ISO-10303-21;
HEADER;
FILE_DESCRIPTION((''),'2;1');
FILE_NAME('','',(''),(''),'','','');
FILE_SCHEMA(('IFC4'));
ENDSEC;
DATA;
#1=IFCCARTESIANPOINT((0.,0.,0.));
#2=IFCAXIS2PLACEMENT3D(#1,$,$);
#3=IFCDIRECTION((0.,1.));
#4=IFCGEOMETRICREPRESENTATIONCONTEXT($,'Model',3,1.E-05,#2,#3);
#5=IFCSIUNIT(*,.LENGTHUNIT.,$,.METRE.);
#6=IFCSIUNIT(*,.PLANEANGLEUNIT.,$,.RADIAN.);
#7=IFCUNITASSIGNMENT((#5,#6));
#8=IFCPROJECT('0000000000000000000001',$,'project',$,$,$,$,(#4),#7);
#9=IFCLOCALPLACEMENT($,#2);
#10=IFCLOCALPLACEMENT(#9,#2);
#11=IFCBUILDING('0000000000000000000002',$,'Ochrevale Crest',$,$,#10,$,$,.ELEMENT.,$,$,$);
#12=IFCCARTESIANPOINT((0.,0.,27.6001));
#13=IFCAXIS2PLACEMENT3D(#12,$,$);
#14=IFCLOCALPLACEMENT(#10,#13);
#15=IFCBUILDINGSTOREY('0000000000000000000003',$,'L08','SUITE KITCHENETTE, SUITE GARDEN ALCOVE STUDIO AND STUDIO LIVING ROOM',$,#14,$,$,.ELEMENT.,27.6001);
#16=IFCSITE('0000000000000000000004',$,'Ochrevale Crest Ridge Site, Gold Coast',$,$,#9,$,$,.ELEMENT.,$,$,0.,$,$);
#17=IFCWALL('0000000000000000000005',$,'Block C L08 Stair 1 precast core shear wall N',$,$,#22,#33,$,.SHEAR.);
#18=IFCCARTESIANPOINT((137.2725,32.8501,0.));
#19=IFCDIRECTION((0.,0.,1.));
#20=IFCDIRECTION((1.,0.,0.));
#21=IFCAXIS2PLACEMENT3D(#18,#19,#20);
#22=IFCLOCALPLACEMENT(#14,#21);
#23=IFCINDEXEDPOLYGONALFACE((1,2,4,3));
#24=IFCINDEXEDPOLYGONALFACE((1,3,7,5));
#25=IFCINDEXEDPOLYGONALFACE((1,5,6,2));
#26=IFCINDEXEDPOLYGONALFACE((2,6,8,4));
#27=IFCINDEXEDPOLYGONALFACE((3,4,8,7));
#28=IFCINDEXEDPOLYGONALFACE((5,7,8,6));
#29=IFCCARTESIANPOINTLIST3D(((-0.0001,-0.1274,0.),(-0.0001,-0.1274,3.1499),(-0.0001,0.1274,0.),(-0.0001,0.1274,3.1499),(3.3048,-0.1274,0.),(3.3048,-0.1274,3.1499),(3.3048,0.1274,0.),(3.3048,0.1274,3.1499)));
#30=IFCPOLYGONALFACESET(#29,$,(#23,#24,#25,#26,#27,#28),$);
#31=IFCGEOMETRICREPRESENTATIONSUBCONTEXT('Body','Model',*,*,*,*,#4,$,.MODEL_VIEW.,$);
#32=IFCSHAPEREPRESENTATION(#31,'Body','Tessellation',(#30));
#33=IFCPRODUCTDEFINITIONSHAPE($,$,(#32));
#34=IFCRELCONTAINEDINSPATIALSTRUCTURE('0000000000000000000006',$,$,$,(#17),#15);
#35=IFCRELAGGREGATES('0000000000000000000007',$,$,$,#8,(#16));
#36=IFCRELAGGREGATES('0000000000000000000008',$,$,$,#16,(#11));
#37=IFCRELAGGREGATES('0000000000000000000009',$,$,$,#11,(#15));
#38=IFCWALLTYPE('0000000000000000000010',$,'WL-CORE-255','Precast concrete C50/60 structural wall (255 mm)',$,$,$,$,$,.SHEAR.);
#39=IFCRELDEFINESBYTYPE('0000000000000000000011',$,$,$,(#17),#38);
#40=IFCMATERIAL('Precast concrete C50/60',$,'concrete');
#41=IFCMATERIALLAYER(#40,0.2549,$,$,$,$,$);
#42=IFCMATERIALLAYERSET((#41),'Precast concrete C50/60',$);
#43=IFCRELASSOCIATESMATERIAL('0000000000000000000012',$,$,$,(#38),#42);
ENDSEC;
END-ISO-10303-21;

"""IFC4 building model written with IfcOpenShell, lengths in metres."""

from ifc_helpers import new_model, si_unit, direction, frame, frame_2d, origin, place, context, subcontext, project, spatial, rectangle, extrude, material, layer, layer_set, type_object, element, save


model = new_model("IFC4")

# Units and contexts
model_context = context("Model", 3, precision=1e-05, world=origin(), true_north=direction((0.0, 1.0)))
body_context = subcontext(model_context, "Body", "Model", "MODEL_VIEW")
ifc_project = project(units=[si_unit("LENGTHUNIT", "METRE"), si_unit("PLANEANGLEUNIT", "RADIAN")], contexts=[model_context])

# Site, building, storey
site_placement = place(None, origin())
site = spatial("IfcSite", under=ifc_project, at=site_placement, Name="Ochrevale Crest Ridge Site, Gold Coast", CompositionType="ELEMENT", RefElevation=0.0)
building_placement = place(site_placement, origin())
building = spatial("IfcBuilding", under=site, at=building_placement, Name="Ochrevale Crest", CompositionType="ELEMENT")
storey_placement = place(building_placement, frame((0.0, 0.0, 27.6001)))
storey = spatial("IfcBuildingStorey", under=building, at=storey_placement, Name="L08", Description="SUITE KITCHENETTE, SUITE GARDEN ALCOVE STUDIO AND STUDIO LIVING ROOM", CompositionType="ELEMENT", Elevation=27.6001)

# Shared definitions
ifc_material_1 = material(Name="Precast concrete C50/60", Category="concrete")

# Shared definitions
ifc_layer_1 = layer(ifc_material_1, 0.2549)
ifc_layer_set_1 = layer_set([ifc_layer_1], Name="Precast concrete C50/60")
wall_type = type_object("IfcWallType", Name="WL-CORE-255", Description="Precast concrete C50/60 structural wall (255 mm)", PredefinedType="SHEAR", material=ifc_layer_set_1)

# Wall
wall_1_placement = place(storey_placement, frame((137.2725, 32.8501, 0.0), z_axis=(0.0, 0.0, 1.0), x_axis=(1.0, 0.0, 0.0)))
element("IfcWall", 1, at=wall_1_placement, inside=storey, type_object=wall_type, Name="Block C L08 Stair 1 precast core shear wall N", PredefinedType="SHEAR", context=body_context, shape_type="SweptSolid", body=[
    extrude(rectangle(XDim=3.3049, YDim=0.2549, at=frame_2d((1.6523, 0.0))), origin(), (0.0, 0.0, 1.0), 3.1499),
])

save(model, "model.ifc")
